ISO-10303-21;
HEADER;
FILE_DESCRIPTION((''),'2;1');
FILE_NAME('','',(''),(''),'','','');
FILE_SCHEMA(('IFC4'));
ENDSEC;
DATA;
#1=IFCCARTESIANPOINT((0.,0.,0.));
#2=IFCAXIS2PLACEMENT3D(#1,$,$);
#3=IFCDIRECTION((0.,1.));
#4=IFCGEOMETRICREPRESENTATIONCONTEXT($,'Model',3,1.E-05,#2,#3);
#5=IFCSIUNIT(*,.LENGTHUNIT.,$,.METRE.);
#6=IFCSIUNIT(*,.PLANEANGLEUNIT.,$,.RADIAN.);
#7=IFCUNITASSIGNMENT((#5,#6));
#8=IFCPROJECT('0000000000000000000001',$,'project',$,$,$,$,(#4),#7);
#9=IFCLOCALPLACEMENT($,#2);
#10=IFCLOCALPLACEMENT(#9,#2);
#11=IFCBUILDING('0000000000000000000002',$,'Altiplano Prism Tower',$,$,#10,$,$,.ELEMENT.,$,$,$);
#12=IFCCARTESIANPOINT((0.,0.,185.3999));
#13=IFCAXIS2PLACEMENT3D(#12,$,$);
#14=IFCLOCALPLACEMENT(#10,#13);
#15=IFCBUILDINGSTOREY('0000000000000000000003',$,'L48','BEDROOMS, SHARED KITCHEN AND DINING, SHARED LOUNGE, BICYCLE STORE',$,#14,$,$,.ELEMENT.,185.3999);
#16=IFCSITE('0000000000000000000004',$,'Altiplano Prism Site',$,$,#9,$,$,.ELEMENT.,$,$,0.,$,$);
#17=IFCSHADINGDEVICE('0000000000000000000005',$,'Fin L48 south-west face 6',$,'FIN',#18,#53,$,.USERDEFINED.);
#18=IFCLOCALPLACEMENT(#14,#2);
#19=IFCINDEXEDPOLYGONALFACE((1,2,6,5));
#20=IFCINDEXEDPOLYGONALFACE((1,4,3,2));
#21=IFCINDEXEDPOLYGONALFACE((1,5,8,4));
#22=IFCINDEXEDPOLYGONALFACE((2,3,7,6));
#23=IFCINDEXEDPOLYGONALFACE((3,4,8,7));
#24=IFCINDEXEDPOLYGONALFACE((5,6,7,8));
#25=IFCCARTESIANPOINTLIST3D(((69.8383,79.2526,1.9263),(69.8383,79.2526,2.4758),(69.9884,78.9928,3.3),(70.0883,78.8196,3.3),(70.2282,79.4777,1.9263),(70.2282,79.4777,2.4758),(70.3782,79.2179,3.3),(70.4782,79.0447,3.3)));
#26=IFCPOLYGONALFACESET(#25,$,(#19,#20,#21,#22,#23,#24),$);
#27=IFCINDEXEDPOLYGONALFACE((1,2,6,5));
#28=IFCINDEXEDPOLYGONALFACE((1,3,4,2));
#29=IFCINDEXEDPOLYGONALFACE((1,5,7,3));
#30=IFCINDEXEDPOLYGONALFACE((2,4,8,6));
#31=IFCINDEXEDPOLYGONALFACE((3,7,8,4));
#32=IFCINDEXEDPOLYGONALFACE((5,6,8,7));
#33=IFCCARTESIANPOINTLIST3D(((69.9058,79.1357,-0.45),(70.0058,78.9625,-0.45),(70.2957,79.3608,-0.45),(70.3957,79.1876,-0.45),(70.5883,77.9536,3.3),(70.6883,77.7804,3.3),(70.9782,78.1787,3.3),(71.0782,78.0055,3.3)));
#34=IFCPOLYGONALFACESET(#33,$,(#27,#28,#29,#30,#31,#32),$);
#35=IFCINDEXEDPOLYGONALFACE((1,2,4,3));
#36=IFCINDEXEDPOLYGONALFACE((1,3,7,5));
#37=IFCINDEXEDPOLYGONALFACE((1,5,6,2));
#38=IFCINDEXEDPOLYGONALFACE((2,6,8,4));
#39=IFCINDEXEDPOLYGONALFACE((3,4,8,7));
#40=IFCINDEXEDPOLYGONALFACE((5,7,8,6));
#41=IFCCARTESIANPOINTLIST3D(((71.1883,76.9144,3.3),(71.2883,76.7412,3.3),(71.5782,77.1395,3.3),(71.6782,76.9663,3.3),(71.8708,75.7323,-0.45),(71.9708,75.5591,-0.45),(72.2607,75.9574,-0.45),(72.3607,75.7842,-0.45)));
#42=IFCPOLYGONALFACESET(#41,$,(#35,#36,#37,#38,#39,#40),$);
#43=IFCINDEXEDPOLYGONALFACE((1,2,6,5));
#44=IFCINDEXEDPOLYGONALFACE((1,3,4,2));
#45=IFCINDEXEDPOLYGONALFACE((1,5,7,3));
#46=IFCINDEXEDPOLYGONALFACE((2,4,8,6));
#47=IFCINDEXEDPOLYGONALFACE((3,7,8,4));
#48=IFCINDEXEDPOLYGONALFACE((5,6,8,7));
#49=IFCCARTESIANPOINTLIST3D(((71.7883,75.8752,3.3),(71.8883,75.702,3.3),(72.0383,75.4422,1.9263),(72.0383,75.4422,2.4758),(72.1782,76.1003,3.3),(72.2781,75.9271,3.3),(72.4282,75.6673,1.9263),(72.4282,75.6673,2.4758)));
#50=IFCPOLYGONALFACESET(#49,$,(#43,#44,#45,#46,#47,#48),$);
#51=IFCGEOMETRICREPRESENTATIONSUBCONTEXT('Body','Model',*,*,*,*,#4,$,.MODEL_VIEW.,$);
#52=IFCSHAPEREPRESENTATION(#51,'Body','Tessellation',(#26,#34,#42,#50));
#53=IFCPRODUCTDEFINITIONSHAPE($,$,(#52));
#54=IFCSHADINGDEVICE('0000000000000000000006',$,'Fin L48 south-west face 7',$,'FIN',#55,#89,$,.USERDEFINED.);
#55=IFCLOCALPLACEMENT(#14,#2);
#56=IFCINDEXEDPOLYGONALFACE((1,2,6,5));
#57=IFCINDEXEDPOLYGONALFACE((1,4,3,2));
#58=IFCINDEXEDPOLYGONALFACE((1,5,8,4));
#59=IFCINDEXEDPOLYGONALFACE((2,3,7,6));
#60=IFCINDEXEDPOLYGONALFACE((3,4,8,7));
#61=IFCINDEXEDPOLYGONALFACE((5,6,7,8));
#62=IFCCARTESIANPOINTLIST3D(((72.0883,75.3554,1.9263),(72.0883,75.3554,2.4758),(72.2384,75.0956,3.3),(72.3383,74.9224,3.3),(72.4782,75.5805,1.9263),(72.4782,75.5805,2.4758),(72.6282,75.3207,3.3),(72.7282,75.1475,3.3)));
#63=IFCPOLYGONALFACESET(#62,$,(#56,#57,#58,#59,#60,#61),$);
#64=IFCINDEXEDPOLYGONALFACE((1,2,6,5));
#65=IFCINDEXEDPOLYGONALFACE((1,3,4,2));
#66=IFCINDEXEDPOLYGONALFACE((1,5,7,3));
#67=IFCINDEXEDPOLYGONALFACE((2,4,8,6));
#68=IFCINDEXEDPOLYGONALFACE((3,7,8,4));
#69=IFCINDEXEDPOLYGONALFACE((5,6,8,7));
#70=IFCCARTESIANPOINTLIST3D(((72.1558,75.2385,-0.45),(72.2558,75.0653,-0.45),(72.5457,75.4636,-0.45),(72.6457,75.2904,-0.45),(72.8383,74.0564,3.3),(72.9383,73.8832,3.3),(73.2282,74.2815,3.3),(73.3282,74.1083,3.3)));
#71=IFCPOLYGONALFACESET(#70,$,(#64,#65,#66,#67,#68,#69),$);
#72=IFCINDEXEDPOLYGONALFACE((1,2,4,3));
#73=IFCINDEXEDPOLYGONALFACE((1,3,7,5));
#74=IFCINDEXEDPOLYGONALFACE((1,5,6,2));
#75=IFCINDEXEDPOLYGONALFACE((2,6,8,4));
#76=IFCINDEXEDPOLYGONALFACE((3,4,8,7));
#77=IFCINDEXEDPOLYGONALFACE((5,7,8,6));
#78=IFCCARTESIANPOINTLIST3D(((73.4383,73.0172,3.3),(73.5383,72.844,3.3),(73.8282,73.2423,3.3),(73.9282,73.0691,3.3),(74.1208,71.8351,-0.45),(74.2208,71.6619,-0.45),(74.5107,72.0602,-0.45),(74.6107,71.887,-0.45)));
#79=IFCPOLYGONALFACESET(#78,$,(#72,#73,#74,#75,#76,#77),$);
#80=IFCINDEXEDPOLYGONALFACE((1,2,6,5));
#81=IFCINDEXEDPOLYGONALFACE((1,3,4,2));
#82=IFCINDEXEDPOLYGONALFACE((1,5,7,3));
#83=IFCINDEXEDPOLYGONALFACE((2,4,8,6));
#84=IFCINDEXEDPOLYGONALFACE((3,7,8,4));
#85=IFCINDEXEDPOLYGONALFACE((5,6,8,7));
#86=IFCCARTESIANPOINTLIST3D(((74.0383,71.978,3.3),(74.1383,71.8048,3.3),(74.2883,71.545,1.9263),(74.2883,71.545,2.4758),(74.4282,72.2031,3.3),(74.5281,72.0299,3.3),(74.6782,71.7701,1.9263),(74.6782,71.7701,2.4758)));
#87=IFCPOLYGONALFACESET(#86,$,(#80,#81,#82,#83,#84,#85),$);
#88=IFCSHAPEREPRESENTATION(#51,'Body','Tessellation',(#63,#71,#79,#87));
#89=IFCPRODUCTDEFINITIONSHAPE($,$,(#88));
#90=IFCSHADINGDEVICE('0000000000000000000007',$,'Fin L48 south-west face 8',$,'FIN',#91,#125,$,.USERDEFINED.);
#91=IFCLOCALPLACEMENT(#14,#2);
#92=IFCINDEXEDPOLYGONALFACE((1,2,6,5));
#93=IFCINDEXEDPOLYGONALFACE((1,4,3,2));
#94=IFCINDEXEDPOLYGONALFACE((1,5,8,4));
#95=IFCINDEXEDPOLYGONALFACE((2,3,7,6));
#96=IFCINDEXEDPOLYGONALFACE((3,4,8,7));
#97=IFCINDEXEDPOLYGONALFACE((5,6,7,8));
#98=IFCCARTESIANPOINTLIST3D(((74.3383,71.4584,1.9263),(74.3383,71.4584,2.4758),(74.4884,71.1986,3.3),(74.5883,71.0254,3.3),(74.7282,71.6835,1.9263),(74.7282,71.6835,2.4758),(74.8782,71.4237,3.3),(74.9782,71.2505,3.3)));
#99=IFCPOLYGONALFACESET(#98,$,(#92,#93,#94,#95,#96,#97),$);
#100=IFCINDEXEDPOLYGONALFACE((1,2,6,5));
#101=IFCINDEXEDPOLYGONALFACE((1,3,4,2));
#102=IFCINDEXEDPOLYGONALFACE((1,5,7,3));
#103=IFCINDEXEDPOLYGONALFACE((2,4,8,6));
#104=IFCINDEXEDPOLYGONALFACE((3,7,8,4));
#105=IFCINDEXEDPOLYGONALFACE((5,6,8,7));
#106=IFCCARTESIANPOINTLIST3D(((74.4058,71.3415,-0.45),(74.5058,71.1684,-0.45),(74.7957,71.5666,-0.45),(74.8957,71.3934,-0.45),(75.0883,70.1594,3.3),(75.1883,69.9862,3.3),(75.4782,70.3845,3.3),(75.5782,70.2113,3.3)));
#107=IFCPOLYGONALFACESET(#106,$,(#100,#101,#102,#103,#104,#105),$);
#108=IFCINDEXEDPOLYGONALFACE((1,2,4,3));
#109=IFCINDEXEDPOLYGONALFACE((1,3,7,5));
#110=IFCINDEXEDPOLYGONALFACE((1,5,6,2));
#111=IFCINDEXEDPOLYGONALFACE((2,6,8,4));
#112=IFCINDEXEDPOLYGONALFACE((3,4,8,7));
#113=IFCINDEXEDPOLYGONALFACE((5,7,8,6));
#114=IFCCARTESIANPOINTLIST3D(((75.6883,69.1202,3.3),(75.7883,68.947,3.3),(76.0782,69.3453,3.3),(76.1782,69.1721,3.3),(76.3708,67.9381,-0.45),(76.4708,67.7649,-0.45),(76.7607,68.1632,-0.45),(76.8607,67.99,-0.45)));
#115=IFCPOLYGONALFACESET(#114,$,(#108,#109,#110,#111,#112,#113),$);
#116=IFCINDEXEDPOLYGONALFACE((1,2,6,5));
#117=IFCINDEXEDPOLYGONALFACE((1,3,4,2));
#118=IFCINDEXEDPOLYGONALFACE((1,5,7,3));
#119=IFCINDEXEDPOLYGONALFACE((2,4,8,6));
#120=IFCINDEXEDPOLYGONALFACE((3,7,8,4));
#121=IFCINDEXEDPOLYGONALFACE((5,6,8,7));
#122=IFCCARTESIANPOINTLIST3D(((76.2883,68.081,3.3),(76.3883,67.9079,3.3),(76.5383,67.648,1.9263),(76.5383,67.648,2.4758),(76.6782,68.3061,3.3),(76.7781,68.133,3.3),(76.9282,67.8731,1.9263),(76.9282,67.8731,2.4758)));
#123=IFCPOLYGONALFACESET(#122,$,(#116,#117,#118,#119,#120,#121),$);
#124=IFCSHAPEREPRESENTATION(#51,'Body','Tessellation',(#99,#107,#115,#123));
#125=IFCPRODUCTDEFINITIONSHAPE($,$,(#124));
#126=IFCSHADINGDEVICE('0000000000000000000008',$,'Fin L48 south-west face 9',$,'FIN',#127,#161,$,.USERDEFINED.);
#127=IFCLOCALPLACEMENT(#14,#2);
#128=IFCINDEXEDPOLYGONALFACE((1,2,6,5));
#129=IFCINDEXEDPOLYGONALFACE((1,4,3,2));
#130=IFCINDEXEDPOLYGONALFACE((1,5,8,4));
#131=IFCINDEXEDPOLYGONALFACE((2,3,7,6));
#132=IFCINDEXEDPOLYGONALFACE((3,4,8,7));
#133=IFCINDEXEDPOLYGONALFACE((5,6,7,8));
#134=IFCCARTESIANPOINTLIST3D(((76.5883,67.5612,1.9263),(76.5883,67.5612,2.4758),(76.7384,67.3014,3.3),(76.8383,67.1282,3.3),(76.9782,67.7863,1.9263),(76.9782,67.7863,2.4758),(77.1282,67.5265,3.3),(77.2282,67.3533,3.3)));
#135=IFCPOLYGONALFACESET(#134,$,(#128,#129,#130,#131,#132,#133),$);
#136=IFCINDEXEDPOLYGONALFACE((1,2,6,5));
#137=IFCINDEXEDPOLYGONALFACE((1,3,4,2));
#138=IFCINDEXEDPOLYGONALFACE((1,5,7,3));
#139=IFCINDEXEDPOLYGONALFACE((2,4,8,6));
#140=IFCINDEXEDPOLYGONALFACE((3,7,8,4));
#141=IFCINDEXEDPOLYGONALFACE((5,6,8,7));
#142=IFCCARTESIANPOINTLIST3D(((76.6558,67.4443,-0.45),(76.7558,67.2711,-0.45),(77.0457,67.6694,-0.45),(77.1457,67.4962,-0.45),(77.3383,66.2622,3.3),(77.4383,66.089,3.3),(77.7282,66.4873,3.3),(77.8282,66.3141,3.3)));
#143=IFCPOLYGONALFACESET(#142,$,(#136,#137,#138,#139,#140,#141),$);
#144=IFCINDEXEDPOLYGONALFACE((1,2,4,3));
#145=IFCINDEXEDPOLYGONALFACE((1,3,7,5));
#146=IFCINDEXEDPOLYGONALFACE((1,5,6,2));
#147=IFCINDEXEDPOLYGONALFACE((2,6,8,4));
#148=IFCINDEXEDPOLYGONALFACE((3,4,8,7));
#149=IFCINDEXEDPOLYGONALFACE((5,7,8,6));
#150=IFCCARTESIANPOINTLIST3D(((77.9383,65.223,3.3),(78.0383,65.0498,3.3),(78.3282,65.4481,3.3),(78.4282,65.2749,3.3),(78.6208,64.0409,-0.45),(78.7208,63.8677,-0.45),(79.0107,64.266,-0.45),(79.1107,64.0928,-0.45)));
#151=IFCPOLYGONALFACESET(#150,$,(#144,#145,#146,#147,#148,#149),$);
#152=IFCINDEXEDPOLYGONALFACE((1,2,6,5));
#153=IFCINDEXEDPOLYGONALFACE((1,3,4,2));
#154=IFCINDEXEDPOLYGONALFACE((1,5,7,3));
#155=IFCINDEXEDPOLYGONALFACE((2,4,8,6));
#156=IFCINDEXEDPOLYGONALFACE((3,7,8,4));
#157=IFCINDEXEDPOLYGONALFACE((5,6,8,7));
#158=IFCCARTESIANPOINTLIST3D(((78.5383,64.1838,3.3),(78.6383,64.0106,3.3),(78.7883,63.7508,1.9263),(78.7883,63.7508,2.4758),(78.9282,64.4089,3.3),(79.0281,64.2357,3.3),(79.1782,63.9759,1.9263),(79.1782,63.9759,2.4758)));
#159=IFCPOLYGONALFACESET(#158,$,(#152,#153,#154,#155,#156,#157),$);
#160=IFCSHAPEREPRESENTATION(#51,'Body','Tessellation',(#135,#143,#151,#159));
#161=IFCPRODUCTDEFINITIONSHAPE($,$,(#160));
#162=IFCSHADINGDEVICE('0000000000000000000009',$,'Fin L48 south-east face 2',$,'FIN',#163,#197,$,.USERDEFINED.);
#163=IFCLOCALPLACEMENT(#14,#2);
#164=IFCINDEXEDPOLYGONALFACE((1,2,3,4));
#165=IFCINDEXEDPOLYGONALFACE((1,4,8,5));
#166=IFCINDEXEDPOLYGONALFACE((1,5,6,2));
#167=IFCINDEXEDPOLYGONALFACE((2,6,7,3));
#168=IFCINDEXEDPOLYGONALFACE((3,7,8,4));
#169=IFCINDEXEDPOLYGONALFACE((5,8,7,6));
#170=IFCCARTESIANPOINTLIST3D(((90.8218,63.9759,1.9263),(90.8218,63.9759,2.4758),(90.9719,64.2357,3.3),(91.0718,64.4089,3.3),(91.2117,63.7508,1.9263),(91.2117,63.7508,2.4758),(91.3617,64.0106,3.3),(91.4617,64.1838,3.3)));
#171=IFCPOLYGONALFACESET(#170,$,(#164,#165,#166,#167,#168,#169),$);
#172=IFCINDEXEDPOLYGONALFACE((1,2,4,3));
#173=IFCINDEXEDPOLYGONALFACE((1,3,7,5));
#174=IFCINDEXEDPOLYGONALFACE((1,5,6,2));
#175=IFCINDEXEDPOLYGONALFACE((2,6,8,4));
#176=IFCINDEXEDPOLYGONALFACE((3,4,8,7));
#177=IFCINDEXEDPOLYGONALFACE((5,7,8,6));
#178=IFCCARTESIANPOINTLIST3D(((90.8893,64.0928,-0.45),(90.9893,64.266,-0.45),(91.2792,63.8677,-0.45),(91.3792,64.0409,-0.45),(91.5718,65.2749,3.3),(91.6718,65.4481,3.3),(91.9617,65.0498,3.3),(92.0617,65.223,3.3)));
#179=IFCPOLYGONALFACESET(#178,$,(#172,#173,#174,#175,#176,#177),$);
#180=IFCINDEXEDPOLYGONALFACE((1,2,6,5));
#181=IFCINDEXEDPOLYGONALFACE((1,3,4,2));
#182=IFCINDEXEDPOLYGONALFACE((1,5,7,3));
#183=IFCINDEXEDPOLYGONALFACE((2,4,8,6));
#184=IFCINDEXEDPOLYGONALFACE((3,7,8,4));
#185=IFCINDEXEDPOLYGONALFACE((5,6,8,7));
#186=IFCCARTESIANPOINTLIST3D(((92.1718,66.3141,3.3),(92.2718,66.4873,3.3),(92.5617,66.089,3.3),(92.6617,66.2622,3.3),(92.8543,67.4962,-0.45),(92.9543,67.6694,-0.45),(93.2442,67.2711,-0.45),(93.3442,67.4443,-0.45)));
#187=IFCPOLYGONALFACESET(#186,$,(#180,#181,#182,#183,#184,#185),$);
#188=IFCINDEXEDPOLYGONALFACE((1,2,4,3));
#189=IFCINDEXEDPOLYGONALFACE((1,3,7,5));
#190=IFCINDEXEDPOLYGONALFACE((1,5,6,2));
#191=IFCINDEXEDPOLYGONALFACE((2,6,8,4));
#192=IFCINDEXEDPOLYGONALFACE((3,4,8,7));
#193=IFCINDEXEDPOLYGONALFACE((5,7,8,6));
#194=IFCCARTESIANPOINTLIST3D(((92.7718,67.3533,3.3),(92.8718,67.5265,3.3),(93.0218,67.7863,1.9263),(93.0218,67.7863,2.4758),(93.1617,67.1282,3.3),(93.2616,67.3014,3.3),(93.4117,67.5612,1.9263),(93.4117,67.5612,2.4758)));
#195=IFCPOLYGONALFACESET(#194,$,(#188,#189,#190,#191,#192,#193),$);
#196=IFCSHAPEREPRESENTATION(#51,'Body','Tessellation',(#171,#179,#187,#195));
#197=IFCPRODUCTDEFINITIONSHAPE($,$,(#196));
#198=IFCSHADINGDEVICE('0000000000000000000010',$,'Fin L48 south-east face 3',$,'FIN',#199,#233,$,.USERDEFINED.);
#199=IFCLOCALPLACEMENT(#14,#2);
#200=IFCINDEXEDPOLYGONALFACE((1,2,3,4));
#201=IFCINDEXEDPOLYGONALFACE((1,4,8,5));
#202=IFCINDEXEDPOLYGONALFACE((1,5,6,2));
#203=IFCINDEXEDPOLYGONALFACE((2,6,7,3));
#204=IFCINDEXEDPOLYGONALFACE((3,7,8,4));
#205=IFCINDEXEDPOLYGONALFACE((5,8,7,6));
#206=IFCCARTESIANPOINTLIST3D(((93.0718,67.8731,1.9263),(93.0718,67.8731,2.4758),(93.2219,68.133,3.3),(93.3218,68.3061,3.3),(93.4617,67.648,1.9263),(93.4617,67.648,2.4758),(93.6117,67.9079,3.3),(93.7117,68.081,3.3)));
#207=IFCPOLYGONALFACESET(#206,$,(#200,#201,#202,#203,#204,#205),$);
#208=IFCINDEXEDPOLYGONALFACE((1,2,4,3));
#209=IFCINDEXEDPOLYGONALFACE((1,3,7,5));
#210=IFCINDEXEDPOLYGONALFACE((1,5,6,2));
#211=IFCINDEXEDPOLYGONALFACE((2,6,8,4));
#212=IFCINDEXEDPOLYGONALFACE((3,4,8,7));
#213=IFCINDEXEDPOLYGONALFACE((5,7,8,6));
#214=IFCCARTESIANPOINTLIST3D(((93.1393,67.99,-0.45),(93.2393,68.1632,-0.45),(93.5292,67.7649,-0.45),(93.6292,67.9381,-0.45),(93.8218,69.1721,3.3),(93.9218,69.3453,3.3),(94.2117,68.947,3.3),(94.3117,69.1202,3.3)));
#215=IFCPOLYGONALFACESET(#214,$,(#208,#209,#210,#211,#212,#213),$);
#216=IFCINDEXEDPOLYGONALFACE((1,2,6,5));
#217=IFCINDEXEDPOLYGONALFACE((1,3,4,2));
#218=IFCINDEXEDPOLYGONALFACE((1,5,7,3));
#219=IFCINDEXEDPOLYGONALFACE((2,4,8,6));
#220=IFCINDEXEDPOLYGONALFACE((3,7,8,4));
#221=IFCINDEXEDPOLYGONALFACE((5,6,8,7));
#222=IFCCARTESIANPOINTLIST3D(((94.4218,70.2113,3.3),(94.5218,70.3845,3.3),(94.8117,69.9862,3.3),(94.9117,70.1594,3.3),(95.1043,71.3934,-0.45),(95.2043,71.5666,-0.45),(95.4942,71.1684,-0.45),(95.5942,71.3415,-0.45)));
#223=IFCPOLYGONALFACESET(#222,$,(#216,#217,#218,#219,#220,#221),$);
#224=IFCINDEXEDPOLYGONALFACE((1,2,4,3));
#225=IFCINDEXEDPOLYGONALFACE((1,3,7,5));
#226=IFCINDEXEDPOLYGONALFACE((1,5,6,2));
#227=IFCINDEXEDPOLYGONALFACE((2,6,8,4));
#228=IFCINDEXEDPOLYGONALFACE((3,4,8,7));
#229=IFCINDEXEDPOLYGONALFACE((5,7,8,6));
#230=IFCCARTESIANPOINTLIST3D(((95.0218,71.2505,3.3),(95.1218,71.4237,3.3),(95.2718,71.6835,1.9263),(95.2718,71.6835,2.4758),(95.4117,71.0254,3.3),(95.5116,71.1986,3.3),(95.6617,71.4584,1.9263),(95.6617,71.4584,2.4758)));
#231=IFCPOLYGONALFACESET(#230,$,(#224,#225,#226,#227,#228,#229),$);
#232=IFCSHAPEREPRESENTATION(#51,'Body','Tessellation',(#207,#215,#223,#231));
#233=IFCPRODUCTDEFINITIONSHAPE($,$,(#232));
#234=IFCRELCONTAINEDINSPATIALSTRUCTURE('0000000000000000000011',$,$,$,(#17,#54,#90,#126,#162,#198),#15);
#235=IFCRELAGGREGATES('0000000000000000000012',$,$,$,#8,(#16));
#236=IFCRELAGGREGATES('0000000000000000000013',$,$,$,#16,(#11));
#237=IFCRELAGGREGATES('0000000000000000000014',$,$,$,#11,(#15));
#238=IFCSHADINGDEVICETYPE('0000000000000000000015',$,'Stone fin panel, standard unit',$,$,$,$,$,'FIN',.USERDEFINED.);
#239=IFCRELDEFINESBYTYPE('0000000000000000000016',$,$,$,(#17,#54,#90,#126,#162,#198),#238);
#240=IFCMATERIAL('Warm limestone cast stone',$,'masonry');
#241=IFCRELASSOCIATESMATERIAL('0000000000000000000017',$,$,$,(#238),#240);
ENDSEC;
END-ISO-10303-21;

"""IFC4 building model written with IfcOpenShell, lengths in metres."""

from ifc_helpers import new_model, si_unit, direction, frame, origin, place, context, subcontext, project, spatial, polyline, outline, extrude, source, transform, mapped, material, type_object, element, save


model = new_model("IFC4")

# Units and contexts
model_context = context("Model", 3, precision=1e-05, world=origin(), true_north=direction((0.0, 1.0)))
body_context = subcontext(model_context, "Body", "Model", "MODEL_VIEW")
ifc_project = project(units=[si_unit("LENGTHUNIT", "METRE"), si_unit("PLANEANGLEUNIT", "RADIAN")], contexts=[model_context])

# Site, building, storey
site_placement = place(None, origin())
site = spatial("IfcSite", under=ifc_project, at=site_placement, Name="Altiplano Prism Site", CompositionType="ELEMENT", RefElevation=0.0)
building_placement = place(site_placement, origin())
building = spatial("IfcBuilding", under=site, at=building_placement, Name="Altiplano Prism Tower", CompositionType="ELEMENT")
storey_placement = place(building_placement, frame((0.0, 0.0, 185.3999)))
storey = spatial("IfcBuildingStorey", under=building, at=storey_placement, Name="L48", Description="BEDROOMS, SHARED KITCHEN AND DINING, SHARED LOUNGE, BICYCLE STORE", CompositionType="ELEMENT", Elevation=185.3999)

# Shading devices
ifc_material_1 = material(Name="Warm limestone cast stone", Category="masonry")
shading_device_type_1 = type_object("IfcShadingDeviceType", Name="Stone fin panel, standard unit", ElementType="FIN", PredefinedType="USERDEFINED", material=ifc_material_1)
shared_shape_1 = source(origin(), body_context, "Body", "SweptSolid", [
    extrude(outline(polyline([(-2.2, 2.3762), (-1.7, 3.75), (-1.8999, 3.75), (-2.2, 2.9258), (-2.2, 2.3762)])), frame((0.0, -0.1499, 0.0), z_axis=(0.0, -1.0, 0.0), x_axis=(1.0, 0.0, 0.0)), (0.0, 0.0, 1.0), 0.4502),
    extrude(outline(polyline([(-2.0649, 0.0), (-1.865, 0.0), (-0.5, 3.75), (-0.7, 3.75), (-2.0649, 0.0)])), frame((0.0, -0.1499, 0.0), z_axis=(0.0, -1.0, 0.0), x_axis=(1.0, 0.0, 0.0)), (0.0, 0.0, 1.0), 0.4502),
    extrude(outline(polyline([(1.865, 0.0), (2.0649, 0.0), (0.7, 3.75), (0.5, 3.75), (1.865, 0.0)])), frame((0.0, -0.1499, 0.0), z_axis=(0.0, -1.0, 0.0), x_axis=(1.0, 0.0, 0.0)), (0.0, 0.0, 1.0), 0.4502),
    extrude(outline(polyline([(2.2, 2.9258), (1.8999, 3.75), (1.7, 3.75), (2.2, 2.3762), (2.2, 2.9258)])), frame((0.0, -0.1499, 0.0), z_axis=(0.0, -1.0, 0.0), x_axis=(1.0, 0.0, 0.0)), (0.0, 0.0, 1.0), 0.4502),
])
shading_device_1_placement = place(storey_placement, origin())
element("IfcShadingDevice", 1, at=shading_device_1_placement, inside=storey, type_object=shading_device_type_1, Name="Fin L48 south-west face 6", ObjectType="FIN", PredefinedType="USERDEFINED", context=body_context, shape_type="MappedRepresentation", body=[
    mapped(shared_shape_1, transform((71.458, 77.6475, -0.45), x_axis=(0.5, -0.866025, 0.0), y_axis=(0.866025, 0.5, 0.0), z_axis=(0.0, 0.0, 1.0))),
])
shading_device_2_placement = place(storey_placement, origin())
element("IfcShadingDevice", 2, at=shading_device_2_placement, inside=storey, type_object=shading_device_type_1, Name="Fin L48 south-west face 7", ObjectType="FIN", PredefinedType="USERDEFINED", context=body_context, shape_type="MappedRepresentation", body=[
    mapped(shared_shape_1, transform((73.708, 73.7502, -0.45), x_axis=(0.5, -0.866025, 0.0), y_axis=(0.866025, 0.5, 0.0), z_axis=(0.0, 0.0, 1.0))),
])
shading_device_3_placement = place(storey_placement, origin())
element("IfcShadingDevice", 3, at=shading_device_3_placement, inside=storey, type_object=shading_device_type_1, Name="Fin L48 south-west face 8", ObjectType="FIN", PredefinedType="USERDEFINED", context=body_context, shape_type="MappedRepresentation", body=[
    mapped(shared_shape_1, transform((75.958, 69.8533, -0.45), x_axis=(0.5, -0.866025, 0.0), y_axis=(0.866025, 0.5, 0.0), z_axis=(0.0, 0.0, 1.0))),
])
shading_device_4_placement = place(storey_placement, origin())
element("IfcShadingDevice", 4, at=shading_device_4_placement, inside=storey, type_object=shading_device_type_1, Name="Fin L48 south-west face 9", ObjectType="FIN", PredefinedType="USERDEFINED", context=body_context, shape_type="MappedRepresentation", body=[
    mapped(shared_shape_1, transform((78.208, 65.9561, -0.45), x_axis=(0.5, -0.866025, 0.0), y_axis=(0.866025, 0.5, 0.0), z_axis=(0.0, 0.0, 1.0))),
])
shading_device_5_placement = place(storey_placement, origin())
element("IfcShadingDevice", 5, at=shading_device_5_placement, inside=storey, type_object=shading_device_type_1, Name="Fin L48 south-east face 2", ObjectType="FIN", PredefinedType="USERDEFINED", context=body_context, shape_type="MappedRepresentation", body=[
    mapped(shared_shape_1, transform((91.792, 65.9561, -0.45), x_axis=(0.5, 0.866025, 0.0), y_axis=(-0.866025, 0.5, 0.0), z_axis=(0.0, 0.0, 1.0))),
])
shading_device_6_placement = place(storey_placement, origin())
element("IfcShadingDevice", 6, at=shading_device_6_placement, inside=storey, type_object=shading_device_type_1, Name="Fin L48 south-east face 3", ObjectType="FIN", PredefinedType="USERDEFINED", context=body_context, shape_type="MappedRepresentation", body=[
    mapped(shared_shape_1, transform((94.042, 69.8533, -0.45), x_axis=(0.5, 0.866025, 0.0), y_axis=(-0.866025, 0.5, 0.0), z_axis=(0.0, 0.0, 1.0))),
])

save(model, "model.ifc")
